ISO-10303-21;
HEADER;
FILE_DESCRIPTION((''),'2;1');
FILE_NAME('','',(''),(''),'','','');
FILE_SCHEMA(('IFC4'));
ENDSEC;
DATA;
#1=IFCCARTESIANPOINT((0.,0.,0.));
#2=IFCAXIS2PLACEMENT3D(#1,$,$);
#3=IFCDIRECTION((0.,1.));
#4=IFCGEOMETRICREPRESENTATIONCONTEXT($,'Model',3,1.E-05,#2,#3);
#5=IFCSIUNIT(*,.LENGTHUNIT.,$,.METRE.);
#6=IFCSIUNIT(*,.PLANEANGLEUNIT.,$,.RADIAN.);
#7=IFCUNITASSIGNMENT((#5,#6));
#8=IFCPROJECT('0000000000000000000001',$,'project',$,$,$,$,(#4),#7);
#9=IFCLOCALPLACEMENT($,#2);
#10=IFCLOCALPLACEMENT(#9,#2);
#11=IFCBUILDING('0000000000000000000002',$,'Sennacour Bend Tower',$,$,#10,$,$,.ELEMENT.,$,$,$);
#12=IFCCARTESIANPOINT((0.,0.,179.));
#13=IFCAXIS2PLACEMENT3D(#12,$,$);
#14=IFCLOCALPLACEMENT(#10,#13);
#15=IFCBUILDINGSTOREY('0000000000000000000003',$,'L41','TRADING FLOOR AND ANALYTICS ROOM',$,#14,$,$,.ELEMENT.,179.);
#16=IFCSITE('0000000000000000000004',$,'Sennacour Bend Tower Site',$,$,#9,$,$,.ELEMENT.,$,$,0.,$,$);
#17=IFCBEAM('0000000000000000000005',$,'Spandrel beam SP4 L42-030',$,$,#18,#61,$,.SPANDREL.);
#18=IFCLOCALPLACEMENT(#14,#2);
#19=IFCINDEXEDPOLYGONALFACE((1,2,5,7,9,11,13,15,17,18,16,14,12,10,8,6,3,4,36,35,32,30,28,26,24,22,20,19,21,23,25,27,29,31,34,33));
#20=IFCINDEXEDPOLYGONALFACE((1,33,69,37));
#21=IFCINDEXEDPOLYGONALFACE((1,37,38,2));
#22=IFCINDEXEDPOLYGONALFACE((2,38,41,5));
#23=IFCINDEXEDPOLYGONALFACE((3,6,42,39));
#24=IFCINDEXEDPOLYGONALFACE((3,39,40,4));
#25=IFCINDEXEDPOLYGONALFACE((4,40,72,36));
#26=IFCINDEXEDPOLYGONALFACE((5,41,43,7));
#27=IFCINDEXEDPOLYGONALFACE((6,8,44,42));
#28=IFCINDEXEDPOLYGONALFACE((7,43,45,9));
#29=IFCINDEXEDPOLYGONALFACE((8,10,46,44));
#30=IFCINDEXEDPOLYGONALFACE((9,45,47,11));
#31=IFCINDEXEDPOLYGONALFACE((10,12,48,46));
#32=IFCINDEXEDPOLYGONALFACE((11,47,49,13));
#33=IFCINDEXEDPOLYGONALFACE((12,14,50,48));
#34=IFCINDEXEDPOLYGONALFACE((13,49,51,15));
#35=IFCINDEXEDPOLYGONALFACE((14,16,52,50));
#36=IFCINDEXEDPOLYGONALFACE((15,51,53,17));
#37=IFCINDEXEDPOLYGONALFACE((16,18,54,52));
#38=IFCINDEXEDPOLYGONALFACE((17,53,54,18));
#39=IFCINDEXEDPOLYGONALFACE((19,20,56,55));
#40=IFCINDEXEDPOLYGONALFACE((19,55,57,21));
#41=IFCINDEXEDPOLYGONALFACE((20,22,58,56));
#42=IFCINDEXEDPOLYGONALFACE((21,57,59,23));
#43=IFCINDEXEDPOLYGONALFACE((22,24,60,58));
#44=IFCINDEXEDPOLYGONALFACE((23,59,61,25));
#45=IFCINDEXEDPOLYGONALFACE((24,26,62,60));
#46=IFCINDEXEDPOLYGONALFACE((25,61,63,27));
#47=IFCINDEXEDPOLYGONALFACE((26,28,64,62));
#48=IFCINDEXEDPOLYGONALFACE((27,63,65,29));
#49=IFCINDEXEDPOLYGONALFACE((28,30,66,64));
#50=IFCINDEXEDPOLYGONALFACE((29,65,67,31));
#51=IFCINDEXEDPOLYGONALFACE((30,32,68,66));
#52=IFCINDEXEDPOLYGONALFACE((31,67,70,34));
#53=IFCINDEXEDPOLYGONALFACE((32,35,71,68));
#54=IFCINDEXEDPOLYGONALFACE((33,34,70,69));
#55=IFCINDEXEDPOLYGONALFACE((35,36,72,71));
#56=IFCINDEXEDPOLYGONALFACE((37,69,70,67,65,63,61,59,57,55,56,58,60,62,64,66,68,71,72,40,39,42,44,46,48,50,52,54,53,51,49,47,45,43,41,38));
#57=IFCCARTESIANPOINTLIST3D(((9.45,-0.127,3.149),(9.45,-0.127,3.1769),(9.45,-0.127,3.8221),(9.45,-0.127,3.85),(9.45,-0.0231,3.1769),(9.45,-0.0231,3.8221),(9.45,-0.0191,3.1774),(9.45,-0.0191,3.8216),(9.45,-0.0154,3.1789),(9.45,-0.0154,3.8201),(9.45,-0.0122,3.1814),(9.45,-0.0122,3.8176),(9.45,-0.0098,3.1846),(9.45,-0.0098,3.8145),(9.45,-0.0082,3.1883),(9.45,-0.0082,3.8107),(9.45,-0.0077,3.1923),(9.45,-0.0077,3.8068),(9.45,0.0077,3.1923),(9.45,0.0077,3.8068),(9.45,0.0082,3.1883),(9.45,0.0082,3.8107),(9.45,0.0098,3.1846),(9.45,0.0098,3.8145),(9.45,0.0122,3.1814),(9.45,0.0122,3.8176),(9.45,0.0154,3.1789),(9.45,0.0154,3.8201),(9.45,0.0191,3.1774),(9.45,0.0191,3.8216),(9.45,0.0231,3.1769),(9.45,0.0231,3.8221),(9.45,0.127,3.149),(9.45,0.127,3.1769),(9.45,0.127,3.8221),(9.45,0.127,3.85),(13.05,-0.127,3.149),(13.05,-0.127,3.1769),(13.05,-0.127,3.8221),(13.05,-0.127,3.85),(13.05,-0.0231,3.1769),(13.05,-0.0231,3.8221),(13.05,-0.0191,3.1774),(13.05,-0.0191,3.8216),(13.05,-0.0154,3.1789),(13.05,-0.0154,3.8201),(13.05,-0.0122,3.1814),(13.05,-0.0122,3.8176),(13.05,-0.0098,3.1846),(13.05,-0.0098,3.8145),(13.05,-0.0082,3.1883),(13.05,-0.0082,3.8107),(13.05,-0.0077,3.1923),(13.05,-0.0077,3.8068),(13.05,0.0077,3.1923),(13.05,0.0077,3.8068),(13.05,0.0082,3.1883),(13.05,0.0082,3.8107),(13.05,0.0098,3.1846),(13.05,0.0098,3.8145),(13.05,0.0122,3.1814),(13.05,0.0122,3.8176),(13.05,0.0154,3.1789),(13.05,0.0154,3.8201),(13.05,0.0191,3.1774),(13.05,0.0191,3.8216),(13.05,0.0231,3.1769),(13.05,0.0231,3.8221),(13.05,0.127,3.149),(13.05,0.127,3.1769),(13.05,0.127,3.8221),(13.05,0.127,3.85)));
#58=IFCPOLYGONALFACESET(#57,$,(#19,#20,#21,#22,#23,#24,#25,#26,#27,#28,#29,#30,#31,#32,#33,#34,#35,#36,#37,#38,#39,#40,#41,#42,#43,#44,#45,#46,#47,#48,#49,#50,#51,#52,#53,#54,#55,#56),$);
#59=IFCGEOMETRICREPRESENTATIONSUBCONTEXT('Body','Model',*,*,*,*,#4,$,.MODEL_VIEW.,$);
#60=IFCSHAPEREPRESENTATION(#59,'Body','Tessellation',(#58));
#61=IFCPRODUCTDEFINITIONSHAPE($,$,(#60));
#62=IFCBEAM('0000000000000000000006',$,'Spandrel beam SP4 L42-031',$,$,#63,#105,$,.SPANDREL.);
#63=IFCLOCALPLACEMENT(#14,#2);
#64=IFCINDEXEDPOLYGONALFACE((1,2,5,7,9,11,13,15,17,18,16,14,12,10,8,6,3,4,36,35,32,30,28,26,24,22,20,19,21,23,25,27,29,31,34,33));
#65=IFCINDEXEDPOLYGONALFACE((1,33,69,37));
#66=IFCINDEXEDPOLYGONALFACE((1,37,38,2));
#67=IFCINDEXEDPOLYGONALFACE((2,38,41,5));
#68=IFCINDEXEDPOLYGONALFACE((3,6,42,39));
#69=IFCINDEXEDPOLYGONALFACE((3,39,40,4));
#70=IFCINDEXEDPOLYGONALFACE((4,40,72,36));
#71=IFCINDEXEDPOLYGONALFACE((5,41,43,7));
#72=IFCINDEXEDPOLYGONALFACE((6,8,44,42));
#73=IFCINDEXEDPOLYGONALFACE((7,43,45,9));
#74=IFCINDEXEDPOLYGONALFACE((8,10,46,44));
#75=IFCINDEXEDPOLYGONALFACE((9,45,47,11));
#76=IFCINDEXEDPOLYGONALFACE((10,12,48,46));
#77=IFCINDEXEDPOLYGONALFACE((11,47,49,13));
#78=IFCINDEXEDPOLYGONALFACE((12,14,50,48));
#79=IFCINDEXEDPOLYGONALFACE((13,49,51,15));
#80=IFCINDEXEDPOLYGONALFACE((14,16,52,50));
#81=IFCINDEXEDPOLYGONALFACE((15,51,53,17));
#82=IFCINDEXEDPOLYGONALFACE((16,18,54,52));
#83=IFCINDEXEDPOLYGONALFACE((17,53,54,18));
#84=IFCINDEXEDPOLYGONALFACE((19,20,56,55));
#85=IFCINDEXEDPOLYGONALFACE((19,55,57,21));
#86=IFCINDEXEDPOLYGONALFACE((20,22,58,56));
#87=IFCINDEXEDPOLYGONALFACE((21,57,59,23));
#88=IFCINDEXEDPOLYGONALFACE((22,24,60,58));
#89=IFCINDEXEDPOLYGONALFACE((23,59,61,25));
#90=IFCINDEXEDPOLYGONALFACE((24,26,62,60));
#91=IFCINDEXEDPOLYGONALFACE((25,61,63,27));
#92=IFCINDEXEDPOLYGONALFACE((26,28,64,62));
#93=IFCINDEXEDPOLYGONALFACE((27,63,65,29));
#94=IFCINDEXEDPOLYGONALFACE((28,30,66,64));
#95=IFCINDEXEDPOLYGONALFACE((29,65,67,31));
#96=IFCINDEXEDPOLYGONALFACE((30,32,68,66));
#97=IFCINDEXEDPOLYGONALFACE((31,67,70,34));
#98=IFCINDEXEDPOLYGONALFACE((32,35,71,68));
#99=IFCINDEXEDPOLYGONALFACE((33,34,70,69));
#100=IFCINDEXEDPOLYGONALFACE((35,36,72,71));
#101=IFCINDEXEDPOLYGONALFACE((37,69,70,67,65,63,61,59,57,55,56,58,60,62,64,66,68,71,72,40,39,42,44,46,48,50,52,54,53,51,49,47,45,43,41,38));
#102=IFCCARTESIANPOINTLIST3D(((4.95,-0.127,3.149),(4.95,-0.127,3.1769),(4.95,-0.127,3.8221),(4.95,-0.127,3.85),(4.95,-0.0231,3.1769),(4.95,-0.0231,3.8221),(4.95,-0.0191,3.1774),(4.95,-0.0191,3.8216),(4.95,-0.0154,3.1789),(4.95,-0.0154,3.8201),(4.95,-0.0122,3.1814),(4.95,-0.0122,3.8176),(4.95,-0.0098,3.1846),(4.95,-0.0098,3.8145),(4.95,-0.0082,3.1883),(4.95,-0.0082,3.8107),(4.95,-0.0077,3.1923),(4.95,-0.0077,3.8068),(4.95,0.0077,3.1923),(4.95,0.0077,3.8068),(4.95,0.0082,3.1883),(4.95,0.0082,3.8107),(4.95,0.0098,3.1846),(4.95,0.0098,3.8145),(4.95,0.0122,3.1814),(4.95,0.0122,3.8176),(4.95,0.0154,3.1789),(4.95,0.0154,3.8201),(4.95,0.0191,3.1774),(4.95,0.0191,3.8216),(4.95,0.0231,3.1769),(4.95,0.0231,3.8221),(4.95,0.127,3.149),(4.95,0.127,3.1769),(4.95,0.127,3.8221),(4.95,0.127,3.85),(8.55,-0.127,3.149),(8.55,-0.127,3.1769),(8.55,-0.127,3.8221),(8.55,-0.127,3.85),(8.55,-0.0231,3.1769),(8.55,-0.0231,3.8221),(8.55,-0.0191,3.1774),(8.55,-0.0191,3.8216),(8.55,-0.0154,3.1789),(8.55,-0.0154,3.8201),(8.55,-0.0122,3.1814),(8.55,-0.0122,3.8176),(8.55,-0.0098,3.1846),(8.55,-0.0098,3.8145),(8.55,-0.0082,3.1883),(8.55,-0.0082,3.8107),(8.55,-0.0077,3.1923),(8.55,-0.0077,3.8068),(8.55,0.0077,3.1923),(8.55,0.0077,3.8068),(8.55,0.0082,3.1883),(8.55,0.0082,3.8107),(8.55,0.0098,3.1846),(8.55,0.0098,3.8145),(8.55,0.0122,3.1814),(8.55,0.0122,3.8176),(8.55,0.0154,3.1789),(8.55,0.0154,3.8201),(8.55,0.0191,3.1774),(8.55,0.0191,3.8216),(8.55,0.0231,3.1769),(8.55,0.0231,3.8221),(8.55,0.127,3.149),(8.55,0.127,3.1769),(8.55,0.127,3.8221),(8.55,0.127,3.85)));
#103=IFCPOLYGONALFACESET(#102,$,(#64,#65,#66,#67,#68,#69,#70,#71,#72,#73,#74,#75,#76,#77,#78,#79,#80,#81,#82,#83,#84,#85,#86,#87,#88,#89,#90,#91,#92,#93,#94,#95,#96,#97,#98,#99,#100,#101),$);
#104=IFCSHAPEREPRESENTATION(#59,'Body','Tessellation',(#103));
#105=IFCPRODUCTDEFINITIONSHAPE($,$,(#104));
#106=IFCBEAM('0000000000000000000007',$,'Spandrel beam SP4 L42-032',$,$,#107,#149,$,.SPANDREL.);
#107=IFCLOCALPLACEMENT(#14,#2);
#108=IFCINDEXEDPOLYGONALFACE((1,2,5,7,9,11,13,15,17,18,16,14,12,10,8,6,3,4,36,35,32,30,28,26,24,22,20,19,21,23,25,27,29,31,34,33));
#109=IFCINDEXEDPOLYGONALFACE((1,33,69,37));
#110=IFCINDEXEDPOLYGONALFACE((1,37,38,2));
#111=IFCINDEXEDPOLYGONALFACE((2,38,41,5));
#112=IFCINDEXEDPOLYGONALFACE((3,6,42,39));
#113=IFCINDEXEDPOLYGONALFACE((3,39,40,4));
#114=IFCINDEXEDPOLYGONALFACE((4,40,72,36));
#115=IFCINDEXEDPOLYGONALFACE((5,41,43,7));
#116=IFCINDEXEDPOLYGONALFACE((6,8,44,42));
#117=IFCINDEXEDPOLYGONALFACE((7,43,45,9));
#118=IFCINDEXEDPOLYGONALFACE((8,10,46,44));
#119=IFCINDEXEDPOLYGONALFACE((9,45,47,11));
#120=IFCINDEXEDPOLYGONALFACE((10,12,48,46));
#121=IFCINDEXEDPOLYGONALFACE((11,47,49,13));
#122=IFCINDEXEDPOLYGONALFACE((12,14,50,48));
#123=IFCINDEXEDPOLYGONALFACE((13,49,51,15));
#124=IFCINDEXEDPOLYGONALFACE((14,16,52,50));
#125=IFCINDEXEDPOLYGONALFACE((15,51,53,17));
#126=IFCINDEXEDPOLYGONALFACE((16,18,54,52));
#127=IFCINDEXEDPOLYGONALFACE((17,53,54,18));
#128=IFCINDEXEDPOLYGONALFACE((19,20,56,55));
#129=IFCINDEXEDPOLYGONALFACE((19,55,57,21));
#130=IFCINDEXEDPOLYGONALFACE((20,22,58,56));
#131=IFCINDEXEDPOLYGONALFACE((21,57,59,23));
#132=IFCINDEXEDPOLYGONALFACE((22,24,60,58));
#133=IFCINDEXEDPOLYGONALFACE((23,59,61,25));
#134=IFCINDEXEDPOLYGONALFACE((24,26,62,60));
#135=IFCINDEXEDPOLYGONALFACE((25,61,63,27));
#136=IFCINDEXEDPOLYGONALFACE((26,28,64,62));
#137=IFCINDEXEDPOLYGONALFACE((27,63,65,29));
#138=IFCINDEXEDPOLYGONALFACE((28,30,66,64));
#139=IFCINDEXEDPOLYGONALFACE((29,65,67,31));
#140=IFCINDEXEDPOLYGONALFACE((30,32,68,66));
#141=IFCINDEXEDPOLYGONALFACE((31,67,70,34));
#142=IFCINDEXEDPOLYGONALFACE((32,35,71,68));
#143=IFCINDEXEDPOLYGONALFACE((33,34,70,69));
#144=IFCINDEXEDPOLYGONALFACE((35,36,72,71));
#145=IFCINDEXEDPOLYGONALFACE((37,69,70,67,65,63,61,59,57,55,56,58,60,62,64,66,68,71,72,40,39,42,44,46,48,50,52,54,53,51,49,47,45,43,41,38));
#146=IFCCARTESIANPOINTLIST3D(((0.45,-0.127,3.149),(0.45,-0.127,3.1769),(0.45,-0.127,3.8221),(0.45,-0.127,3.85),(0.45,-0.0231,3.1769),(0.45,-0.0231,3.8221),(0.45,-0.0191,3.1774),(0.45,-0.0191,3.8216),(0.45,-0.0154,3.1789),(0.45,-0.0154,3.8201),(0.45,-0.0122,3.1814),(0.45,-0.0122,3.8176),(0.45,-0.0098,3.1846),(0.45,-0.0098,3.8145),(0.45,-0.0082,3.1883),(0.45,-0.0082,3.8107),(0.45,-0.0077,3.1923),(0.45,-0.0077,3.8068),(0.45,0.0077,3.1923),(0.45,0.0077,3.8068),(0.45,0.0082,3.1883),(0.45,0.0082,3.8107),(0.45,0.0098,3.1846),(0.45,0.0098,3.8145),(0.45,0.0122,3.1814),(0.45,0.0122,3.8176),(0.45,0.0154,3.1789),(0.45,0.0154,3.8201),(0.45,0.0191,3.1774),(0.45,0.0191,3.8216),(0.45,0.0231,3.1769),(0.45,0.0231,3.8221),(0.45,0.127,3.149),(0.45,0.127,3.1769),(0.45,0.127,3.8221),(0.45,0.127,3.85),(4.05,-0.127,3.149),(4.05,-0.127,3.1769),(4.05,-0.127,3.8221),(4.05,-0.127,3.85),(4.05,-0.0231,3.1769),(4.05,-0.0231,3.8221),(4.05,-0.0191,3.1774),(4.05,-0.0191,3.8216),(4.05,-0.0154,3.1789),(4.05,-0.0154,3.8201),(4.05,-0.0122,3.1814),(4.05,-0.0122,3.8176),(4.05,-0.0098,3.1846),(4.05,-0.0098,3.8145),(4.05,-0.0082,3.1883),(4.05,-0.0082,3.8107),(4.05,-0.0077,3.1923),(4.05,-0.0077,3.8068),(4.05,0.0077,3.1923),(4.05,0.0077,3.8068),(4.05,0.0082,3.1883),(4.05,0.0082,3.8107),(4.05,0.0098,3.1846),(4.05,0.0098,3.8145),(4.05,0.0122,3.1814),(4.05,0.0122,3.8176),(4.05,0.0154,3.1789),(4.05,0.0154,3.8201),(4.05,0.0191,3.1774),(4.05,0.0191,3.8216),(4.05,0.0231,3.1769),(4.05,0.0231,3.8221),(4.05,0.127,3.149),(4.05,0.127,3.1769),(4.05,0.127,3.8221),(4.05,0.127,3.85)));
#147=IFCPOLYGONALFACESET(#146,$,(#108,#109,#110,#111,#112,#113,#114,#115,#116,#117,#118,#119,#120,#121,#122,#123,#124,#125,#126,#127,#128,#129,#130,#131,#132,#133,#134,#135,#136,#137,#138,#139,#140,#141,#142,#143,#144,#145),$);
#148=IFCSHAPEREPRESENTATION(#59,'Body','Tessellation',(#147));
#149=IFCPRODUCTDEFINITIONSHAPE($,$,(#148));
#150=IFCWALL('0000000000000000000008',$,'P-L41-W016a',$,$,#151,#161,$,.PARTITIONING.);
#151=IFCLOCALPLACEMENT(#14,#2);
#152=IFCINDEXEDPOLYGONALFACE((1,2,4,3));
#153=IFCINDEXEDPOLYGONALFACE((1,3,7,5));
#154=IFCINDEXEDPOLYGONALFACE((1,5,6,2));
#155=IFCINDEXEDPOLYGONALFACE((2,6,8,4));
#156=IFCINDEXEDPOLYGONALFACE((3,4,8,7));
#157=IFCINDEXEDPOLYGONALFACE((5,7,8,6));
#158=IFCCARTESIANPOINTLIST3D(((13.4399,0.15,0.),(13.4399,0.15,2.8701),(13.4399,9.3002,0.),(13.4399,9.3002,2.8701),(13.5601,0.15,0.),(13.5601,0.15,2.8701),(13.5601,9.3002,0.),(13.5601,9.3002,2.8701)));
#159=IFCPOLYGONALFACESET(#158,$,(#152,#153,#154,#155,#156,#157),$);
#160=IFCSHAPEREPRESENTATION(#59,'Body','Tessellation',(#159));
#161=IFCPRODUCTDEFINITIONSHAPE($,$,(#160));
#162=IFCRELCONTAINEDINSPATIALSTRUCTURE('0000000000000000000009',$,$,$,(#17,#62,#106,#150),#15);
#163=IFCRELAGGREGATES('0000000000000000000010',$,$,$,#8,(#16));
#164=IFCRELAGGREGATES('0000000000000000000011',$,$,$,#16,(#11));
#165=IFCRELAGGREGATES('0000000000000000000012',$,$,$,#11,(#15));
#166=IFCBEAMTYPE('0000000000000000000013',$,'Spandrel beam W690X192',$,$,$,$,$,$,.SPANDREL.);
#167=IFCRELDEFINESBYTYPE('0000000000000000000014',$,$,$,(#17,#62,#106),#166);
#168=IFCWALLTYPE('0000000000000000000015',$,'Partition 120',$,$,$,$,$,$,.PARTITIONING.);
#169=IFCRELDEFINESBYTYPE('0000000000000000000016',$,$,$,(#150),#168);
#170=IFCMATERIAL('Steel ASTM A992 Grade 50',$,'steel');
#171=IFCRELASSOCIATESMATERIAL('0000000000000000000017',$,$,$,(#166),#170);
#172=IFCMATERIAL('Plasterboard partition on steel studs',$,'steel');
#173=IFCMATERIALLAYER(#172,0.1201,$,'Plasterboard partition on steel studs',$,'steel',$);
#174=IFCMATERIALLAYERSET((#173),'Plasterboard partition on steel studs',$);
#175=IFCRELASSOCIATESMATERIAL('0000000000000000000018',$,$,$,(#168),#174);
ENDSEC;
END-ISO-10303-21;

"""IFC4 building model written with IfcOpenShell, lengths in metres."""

from ifc_helpers import new_model, si_unit, direction, frame, frame_2d, origin, origin_2d, place, context, subcontext, project, spatial, rectangle, i_section, extrude, material, layer, layer_set, material_profile, profile_set, type_object, element, save


model = new_model("IFC4")

# Units and contexts
model_context = context("Model", 3, precision=1e-05, world=origin(), true_north=direction((0.0, 1.0)))
body_context = subcontext(model_context, "Body", "Model", "MODEL_VIEW")
ifc_project = project(units=[si_unit("LENGTHUNIT", "METRE"), si_unit("PLANEANGLEUNIT", "RADIAN")], contexts=[model_context])

# Site, building, storey
site_placement = place(None, origin())
site = spatial("IfcSite", under=ifc_project, at=site_placement, Name="Sennacour Bend Tower Site", CompositionType="ELEMENT", RefElevation=0.0)
building_placement = place(site_placement, origin())
building = spatial("IfcBuilding", under=site, at=building_placement, Name="Sennacour Bend Tower", CompositionType="ELEMENT")
storey_placement = place(building_placement, frame((0.0, 0.0, 179.0)))
storey = spatial("IfcBuildingStorey", under=building, at=storey_placement, Name="L41", Description="TRADING FLOOR AND ANALYTICS ROOM", CompositionType="ELEMENT", Elevation=179.0)

# Beams
ifc_material_1 = material(Name="Steel ASTM A992 Grade 50", Category="steel")
ifc_material_profile_1 = material_profile(ifc_material_1, i_section(OverallWidth=0.2539, OverallDepth=0.7009, WebThickness=0.0154, FlangeThickness=0.0278, FilletRadius=0.0154, at=origin_2d()), Name="Steel ASTM A992 Grade 50", Category="steel")
ifc_profile_set_1 = profile_set([ifc_material_profile_1], Name="Steel ASTM A992 Grade 50")
beam_type_1 = type_object("IfcBeamType", Name="Spandrel beam W690X192", PredefinedType="SPANDREL", material=ifc_profile_set_1)
for number, where, z_axis, x_axis, name in (
    (1, (13.05, 0.0, 3.4995), (-1.0, 0.0, 0.0), (0.0, -1.0, 0.0), "Spandrel beam SP4 L42-030"),
    (2, (8.55, 0.0, 3.4995), (-1.0, 0.0, 0.0), (0.0, -1.0, 0.0), "Spandrel beam SP4 L42-031"),
    (3, (4.05, 0.0, 3.4995), (-1.0, 0.0, 0.0), (0.0, -1.0, 0.0), "Spandrel beam SP4 L42-032"),
):
    element("IfcBeam", number, at=place(storey_placement, frame(where, z_axis=z_axis, x_axis=x_axis)), inside=storey, type_object=beam_type_1, Name=name, PredefinedType="SPANDREL", context=body_context, shape_type="SweptSolid", body=[
        extrude(i_section(OverallWidth=0.2539, OverallDepth=0.7009, WebThickness=0.0154, FlangeThickness=0.0278, FilletRadius=0.0154, at=origin_2d()), origin(), (0.0, 0.0, 1.0), 3.6001),
    ])

# Wall
ifc_material_2 = material(Name="Plasterboard partition on steel studs", Category="steel")
ifc_layer_1 = layer(ifc_material_2, 0.1201, Name="Plasterboard partition on steel studs", Category="steel")
ifc_layer_set_1 = layer_set([ifc_layer_1], Name="Plasterboard partition on steel studs")
wall_type_1 = type_object("IfcWallType", Name="Partition 120", PredefinedType="PARTITIONING", material=ifc_layer_set_1)
wall_1_placement = place(storey_placement, frame((13.5, 0.1499, 0.0), z_axis=(0.0, 0.0, 1.0), x_axis=(0.0, 1.0, 0.0)))
element("IfcWall", 4, at=wall_1_placement, inside=storey, type_object=wall_type_1, Name="P-L41-W016a", PredefinedType="PARTITIONING", context=body_context, shape_type="SweptSolid", body=[
    extrude(rectangle(XDim=9.1501, YDim=0.1201, at=frame_2d((4.5752, 0.0))), origin(), (0.0, 0.0, 1.0), 2.8701),
])

save(model, "model.ifc")
